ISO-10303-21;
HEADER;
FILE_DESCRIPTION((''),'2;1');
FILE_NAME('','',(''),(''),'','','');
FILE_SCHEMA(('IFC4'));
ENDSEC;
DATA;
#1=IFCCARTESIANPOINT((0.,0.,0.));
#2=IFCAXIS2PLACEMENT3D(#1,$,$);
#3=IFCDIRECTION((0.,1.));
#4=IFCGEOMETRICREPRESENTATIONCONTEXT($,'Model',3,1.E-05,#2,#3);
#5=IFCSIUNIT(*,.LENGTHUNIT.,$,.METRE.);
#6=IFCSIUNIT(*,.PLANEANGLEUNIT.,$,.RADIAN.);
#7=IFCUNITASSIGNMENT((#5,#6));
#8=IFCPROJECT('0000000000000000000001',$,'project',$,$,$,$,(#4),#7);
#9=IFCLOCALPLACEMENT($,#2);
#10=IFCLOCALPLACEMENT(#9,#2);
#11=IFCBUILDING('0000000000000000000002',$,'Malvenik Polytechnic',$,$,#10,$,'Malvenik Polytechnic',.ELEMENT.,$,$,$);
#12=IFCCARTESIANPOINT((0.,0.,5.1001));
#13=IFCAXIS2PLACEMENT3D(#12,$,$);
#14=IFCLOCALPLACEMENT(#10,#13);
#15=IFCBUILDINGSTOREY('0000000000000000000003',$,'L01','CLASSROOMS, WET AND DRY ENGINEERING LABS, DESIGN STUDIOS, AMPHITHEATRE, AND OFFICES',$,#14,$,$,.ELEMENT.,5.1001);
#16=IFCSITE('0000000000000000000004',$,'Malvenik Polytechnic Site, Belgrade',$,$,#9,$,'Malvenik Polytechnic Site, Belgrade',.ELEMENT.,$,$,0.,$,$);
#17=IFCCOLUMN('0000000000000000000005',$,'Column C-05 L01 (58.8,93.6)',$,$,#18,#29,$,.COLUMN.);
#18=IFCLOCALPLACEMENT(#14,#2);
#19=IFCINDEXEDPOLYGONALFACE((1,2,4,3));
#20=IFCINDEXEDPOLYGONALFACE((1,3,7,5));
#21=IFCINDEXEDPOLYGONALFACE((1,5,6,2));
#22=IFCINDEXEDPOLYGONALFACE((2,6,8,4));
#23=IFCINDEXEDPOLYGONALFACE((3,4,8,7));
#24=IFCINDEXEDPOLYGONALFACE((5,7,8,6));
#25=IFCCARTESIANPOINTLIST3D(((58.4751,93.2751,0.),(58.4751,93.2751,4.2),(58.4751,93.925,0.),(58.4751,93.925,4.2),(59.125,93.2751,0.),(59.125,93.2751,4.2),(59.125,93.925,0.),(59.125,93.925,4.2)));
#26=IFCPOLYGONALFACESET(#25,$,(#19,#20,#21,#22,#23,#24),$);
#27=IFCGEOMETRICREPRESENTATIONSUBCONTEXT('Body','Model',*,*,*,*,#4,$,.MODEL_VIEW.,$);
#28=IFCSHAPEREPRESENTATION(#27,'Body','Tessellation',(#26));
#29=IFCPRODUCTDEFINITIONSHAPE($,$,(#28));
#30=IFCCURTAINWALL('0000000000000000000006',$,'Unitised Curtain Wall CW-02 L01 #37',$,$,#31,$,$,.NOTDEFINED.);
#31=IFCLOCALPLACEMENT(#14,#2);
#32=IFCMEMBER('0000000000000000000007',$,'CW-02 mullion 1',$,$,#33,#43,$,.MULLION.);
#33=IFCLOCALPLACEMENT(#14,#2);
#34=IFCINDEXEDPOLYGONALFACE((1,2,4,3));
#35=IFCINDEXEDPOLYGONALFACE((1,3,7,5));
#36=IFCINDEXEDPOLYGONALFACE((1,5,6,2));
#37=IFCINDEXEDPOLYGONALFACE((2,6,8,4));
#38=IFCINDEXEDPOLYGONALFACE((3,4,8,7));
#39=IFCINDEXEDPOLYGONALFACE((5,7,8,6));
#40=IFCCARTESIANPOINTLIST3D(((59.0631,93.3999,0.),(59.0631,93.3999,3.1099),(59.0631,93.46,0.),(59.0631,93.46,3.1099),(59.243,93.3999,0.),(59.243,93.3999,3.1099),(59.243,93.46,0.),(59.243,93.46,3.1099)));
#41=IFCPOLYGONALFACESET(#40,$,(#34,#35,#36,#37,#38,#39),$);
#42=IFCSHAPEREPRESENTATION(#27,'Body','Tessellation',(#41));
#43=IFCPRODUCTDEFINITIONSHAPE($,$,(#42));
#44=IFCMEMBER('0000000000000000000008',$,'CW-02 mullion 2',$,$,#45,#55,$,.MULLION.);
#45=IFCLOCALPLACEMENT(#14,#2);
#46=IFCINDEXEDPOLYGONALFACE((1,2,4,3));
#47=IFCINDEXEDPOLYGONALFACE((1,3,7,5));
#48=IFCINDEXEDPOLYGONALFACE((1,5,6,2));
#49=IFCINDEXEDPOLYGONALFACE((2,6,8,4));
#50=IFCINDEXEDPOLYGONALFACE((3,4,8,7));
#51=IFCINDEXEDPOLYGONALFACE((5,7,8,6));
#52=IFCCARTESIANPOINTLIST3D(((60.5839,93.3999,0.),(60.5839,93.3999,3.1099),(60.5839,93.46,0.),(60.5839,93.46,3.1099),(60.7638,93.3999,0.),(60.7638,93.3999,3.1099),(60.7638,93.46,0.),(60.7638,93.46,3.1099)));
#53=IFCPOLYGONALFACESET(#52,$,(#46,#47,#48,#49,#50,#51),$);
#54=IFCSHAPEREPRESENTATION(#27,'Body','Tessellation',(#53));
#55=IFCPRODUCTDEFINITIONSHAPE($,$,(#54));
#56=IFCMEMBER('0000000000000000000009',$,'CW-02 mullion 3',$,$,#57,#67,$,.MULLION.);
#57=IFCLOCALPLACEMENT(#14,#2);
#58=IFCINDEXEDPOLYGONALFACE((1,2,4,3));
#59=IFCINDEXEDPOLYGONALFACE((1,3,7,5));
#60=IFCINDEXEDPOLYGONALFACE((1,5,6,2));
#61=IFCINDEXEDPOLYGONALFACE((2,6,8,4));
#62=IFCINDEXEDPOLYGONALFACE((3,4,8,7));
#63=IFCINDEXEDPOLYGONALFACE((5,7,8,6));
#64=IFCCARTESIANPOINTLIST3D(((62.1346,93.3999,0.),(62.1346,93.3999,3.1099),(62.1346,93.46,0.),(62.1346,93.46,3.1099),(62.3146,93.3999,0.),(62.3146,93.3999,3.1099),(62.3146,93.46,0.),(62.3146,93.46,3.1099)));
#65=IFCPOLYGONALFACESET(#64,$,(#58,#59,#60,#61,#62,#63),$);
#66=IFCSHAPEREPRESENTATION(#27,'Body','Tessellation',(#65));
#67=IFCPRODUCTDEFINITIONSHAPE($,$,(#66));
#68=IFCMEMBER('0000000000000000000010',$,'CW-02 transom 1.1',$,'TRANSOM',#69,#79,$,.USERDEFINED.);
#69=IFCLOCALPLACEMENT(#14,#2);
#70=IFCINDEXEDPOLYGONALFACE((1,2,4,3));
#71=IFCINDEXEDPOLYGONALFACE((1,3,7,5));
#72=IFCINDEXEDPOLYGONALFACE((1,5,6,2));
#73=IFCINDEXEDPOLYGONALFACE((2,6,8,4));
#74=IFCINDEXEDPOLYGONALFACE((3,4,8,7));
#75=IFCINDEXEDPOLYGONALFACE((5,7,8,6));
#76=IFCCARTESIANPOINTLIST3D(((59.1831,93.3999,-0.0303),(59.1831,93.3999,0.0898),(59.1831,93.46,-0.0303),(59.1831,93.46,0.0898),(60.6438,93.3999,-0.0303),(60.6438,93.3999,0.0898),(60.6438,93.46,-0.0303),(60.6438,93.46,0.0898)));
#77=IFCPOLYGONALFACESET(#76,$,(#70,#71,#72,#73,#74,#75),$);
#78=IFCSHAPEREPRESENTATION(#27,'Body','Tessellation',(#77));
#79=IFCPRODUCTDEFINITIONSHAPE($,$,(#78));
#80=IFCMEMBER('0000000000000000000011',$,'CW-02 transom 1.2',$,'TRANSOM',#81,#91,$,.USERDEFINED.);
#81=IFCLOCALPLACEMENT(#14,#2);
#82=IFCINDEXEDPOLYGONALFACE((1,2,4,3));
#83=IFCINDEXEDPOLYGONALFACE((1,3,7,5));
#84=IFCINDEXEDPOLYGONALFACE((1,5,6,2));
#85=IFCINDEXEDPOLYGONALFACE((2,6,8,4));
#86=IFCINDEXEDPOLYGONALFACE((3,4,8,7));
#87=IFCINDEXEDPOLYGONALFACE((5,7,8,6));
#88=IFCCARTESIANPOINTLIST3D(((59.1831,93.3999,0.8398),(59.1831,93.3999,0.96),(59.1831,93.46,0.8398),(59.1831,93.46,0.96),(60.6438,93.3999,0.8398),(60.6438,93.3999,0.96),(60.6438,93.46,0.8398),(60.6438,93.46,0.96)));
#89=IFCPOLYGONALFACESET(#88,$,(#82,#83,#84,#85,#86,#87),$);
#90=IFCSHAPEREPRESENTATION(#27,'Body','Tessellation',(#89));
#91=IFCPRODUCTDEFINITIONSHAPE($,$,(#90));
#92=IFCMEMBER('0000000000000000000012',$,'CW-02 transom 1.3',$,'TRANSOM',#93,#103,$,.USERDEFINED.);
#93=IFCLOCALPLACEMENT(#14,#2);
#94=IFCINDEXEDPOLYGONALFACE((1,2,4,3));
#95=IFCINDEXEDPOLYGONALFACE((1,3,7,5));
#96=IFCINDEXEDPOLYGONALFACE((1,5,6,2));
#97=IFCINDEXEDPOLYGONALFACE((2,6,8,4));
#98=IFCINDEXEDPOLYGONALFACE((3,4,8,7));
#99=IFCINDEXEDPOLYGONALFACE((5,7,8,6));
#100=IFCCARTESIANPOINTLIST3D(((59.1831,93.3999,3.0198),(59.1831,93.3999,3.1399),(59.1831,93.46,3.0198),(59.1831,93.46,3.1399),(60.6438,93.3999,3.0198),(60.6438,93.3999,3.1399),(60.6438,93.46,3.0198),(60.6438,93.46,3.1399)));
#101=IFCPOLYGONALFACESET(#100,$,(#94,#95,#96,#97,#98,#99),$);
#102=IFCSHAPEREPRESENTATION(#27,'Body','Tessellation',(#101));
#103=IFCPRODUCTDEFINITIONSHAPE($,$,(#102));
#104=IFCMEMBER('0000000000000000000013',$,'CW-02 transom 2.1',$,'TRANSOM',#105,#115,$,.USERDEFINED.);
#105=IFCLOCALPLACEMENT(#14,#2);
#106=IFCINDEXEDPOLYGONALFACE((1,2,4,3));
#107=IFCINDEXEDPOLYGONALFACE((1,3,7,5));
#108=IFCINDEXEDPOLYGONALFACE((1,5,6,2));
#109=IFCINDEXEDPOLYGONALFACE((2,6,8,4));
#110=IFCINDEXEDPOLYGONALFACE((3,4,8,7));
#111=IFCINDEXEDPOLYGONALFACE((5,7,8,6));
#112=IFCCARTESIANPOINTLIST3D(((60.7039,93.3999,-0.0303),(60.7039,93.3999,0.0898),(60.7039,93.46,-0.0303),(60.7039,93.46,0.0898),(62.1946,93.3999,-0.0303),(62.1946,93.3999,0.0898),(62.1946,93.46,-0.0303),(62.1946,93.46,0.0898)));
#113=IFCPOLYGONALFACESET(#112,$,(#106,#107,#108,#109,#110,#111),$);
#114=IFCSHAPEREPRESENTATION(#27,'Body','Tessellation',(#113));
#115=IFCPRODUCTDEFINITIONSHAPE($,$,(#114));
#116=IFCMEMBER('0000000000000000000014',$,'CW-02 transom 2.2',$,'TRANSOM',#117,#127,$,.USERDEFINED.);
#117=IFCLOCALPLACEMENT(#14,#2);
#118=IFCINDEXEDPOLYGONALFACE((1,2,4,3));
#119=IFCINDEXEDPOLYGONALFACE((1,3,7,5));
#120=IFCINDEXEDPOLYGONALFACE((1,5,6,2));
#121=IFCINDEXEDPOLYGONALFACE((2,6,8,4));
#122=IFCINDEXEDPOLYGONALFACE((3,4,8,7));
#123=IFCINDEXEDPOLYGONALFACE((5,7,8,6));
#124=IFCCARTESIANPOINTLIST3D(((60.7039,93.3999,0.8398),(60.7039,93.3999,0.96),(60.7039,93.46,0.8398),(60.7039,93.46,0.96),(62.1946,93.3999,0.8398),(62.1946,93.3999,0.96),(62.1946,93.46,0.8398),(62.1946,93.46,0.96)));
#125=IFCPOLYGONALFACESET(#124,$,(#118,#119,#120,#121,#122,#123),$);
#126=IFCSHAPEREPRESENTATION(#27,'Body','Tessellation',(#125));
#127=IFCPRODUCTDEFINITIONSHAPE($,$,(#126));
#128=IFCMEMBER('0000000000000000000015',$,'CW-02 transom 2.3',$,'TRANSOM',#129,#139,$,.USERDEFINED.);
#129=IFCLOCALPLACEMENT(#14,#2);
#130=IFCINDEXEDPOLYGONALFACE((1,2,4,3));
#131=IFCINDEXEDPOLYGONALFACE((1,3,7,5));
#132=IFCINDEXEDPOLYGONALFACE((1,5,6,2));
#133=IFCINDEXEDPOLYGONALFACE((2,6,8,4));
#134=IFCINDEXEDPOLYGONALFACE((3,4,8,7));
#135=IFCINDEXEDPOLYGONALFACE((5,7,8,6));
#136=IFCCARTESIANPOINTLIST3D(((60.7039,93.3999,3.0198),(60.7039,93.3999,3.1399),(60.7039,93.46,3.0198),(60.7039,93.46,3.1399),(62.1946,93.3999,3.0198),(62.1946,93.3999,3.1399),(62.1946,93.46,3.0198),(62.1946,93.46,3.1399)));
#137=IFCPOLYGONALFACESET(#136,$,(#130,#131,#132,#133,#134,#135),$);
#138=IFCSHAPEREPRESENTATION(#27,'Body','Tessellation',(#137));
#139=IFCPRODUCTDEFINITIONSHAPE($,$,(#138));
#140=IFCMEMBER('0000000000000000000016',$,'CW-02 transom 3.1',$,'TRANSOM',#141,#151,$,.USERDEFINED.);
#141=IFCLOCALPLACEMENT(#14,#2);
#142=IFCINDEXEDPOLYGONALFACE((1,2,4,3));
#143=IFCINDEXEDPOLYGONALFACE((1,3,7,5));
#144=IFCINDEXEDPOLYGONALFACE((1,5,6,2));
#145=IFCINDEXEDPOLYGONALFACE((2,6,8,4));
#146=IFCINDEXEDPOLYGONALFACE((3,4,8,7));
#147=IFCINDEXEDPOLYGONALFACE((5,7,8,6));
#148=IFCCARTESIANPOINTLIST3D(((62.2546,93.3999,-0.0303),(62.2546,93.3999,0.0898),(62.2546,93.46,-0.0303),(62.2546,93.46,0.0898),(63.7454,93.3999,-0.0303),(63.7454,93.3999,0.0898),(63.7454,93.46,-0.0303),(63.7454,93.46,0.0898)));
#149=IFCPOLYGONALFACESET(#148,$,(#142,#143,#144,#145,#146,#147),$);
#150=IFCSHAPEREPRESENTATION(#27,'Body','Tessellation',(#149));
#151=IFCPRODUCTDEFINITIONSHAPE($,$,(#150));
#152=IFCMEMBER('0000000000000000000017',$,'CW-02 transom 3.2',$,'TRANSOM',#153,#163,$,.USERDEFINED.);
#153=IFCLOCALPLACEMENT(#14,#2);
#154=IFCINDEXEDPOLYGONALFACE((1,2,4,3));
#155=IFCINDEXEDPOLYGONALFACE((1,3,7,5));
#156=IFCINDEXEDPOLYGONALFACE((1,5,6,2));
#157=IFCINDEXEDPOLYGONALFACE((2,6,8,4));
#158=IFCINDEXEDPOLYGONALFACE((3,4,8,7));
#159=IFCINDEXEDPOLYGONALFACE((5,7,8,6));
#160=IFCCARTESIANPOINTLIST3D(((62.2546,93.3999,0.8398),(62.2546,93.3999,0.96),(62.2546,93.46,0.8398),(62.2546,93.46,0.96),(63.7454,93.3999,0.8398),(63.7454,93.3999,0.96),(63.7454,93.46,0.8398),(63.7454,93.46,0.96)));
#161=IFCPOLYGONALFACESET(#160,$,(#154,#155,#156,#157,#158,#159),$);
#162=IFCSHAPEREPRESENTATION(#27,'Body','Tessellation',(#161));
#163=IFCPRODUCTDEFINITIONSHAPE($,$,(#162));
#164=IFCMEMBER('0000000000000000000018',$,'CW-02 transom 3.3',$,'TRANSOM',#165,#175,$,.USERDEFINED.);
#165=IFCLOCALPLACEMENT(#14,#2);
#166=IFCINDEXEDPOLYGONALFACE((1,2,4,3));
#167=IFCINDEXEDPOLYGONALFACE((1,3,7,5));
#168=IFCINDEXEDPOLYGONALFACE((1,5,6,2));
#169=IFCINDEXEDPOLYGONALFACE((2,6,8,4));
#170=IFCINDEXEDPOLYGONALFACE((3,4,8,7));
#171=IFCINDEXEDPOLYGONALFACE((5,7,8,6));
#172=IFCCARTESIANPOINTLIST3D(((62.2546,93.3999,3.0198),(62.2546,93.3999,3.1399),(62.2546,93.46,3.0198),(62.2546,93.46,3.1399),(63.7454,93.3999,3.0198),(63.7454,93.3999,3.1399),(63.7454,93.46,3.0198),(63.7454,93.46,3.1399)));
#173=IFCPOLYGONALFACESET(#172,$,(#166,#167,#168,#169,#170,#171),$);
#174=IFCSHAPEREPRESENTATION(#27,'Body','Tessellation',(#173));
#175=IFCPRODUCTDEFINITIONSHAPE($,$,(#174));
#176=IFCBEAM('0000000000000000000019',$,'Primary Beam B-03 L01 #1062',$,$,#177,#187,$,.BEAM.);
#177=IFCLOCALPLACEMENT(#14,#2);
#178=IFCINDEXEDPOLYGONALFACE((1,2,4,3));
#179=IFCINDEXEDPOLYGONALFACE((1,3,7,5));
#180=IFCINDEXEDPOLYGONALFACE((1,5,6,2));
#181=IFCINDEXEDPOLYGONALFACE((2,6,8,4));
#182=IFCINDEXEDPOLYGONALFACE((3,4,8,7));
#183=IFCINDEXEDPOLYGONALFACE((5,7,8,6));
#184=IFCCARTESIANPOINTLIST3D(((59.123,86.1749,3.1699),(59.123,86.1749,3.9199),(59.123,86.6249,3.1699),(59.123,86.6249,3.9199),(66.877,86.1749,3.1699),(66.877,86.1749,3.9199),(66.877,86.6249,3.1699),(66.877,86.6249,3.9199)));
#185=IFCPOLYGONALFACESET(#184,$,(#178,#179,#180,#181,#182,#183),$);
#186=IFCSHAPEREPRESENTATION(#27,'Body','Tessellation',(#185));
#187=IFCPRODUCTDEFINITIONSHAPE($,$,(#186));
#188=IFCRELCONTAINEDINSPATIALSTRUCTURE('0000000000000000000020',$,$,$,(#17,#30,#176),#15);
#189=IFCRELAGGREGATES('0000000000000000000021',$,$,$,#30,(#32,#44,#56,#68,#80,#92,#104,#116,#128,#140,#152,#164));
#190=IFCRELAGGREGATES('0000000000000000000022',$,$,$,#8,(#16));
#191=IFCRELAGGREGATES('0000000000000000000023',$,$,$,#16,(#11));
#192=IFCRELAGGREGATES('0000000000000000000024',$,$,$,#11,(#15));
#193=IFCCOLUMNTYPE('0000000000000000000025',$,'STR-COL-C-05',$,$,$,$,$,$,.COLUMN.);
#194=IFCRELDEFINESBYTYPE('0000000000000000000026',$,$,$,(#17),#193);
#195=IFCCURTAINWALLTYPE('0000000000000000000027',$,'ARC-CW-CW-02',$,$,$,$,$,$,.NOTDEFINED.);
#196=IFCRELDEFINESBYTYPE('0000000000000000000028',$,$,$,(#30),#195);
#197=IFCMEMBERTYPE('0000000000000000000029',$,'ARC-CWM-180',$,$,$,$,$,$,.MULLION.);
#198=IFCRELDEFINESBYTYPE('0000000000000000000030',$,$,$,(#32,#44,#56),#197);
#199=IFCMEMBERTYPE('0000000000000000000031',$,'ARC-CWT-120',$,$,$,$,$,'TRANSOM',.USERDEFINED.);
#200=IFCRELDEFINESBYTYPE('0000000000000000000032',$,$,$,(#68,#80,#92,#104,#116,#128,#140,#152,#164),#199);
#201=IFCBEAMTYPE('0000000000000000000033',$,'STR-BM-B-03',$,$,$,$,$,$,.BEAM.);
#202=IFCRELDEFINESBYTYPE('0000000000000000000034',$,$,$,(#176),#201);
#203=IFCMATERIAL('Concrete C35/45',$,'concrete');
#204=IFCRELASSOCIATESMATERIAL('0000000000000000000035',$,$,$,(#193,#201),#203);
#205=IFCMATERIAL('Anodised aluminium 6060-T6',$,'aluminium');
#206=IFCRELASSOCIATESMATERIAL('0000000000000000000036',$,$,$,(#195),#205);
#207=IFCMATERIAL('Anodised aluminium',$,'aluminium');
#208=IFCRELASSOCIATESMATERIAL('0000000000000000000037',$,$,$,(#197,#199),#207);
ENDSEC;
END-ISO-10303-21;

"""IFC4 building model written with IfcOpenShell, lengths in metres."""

from ifc_helpers import new_model, si_unit, direction, frame, origin, origin_2d, place, context, subcontext, project, spatial, rectangle, extrude, material, material_profile, profile_set, type_object, element, aggregate, save


model = new_model("IFC4")

# Units and contexts
model_context = context("Model", 3, precision=1e-05, world=origin(), true_north=direction((0.0, 1.0)))
body_context = subcontext(model_context, "Body", "Model", "MODEL_VIEW")
ifc_project = project(units=[si_unit("LENGTHUNIT", "METRE"), si_unit("PLANEANGLEUNIT", "RADIAN")], contexts=[model_context])

# Site, building, storey
site_placement = place(None, origin())
site = spatial("IfcSite", under=ifc_project, at=site_placement, Name="Malvenik Polytechnic Site, Belgrade", LongName="Malvenik Polytechnic Site, Belgrade", CompositionType="ELEMENT", RefElevation=0.0)
building_placement = place(site_placement, origin())
building = spatial("IfcBuilding", under=site, at=building_placement, Name="Malvenik Polytechnic", LongName="Malvenik Polytechnic", CompositionType="ELEMENT")
storey_placement = place(building_placement, frame((0.0, 0.0, 5.1001)))
storey = spatial("IfcBuildingStorey", under=building, at=storey_placement, Name="L01", Description="CLASSROOMS, WET AND DRY ENGINEERING LABS, DESIGN STUDIOS, AMPHITHEATRE, AND OFFICES", CompositionType="ELEMENT", Elevation=5.1001)

# Column
ifc_material_1 = material(Name="Concrete C35/45", Category="concrete")
ifc_material_profile_1 = material_profile(ifc_material_1, rectangle(XDim=0.6499, YDim=0.6499, at=origin_2d()), Name="RC COL 650x650")
ifc_profile_set_1 = profile_set([ifc_material_profile_1], Name="Concrete C35/45")
column_type = type_object("IfcColumnType", Name="STR-COL-C-05", PredefinedType="COLUMN", material=ifc_profile_set_1)
column_placement = place(storey_placement, frame((58.8, 93.6001, 0.0), z_axis=(0.0, 0.0, 1.0), x_axis=(1.0, 0.0, 0.0)))
element("IfcColumn", 1, at=column_placement, inside=storey, type_object=column_type, Name="Column C-05 L01 (58.8,93.6)", PredefinedType="COLUMN", context=body_context, shape_type="SweptSolid", body=[
    extrude(rectangle(XDim=0.6499, YDim=0.6499, at=origin_2d()), origin(), (0.0, 0.0, 1.0), 4.2),
])

# Curtain wall, members
ifc_material_2 = material(Name="Anodised aluminium 6060-T6", Category="aluminium")
curtain_wall_type = type_object("IfcCurtainWallType", Name="ARC-CW-CW-02", PredefinedType="NOTDEFINED", material=ifc_material_2)
curtain_wall_placement = place(storey_placement, origin())
curtain_wall = element("IfcCurtainWall", 2, at=curtain_wall_placement, inside=storey, type_object=curtain_wall_type, Name="Unitised Curtain Wall CW-02 L01 #37", PredefinedType="NOTDEFINED")
ifc_material_3 = material(Name="Anodised aluminium", Category="aluminium")
ifc_material_profile_2 = material_profile(ifc_material_3, rectangle(XDim=0.0601, YDim=0.1799, at=origin_2d()), Name="ALU MULLION 60x180")
ifc_profile_set_2 = profile_set([ifc_material_profile_2], Name="Anodised aluminium")
member_type_1 = type_object("IfcMemberType", Name="ARC-CWM-180", PredefinedType="MULLION", material=ifc_profile_set_2)
member_1_placement = place(storey_placement, frame((59.1531, 93.4299, 0.0), z_axis=(0.0, 0.0, 1.0), x_axis=(0.0, 1.0, 0.0)))
member_1 = element("IfcMember", 3, at=member_1_placement, type_object=member_type_1, Name="CW-02 mullion 1", PredefinedType="MULLION", context=body_context, shape_type="SweptSolid", body=[
    extrude(rectangle(XDim=0.0601, YDim=0.1799, at=origin_2d()), origin(), (0.0, 0.0, 1.0), 3.1099),
])
member_2_placement = place(storey_placement, frame((60.6738, 93.4299, 0.0), z_axis=(0.0, 0.0, 1.0), x_axis=(0.0, 1.0, 0.0)))
member_2 = element("IfcMember", 4, at=member_2_placement, type_object=member_type_1, Name="CW-02 mullion 2", PredefinedType="MULLION", context=body_context, shape_type="SweptSolid", body=[
    extrude(rectangle(XDim=0.0601, YDim=0.1799, at=origin_2d()), origin(), (0.0, 0.0, 1.0), 3.1099),
])
member_3_placement = place(storey_placement, frame((62.2246, 93.4299, 0.0), z_axis=(0.0, 0.0, 1.0), x_axis=(0.0, 1.0, 0.0)))
member_3 = element("IfcMember", 5, at=member_3_placement, type_object=member_type_1, Name="CW-02 mullion 3", PredefinedType="MULLION", context=body_context, shape_type="SweptSolid", body=[
    extrude(rectangle(XDim=0.0601, YDim=0.1799, at=origin_2d()), origin(), (0.0, 0.0, 1.0), 3.1099),
])
ifc_material_profile_3 = material_profile(ifc_material_3, rectangle(XDim=0.0601, YDim=0.1201, at=origin_2d()), Name="ALU TRANSOM 60x120")
ifc_profile_set_3 = profile_set([ifc_material_profile_3], Name="Anodised aluminium")
member_type_2 = type_object("IfcMemberType", Name="ARC-CWT-120", ElementType="TRANSOM", PredefinedType="USERDEFINED", material=ifc_profile_set_3)
member_4_placement = place(storey_placement, frame((59.1831, 93.4299, 0.0298), z_axis=(1.0, 0.0, 0.0), x_axis=(0.0, 1.0, 0.0)))
member_4 = element("IfcMember", 6, at=member_4_placement, type_object=member_type_2, Name="CW-02 transom 1.1", ObjectType="TRANSOM", PredefinedType="USERDEFINED", context=body_context, shape_type="SweptSolid", body=[
    extrude(rectangle(XDim=0.0601, YDim=0.1201, at=origin_2d()), origin(), (0.0, 0.0, 1.0), 1.4607),
])
member_5_placement = place(storey_placement, frame((59.1831, 93.4299, 0.8999), z_axis=(1.0, 0.0, 0.0), x_axis=(0.0, 1.0, 0.0)))
member_5 = element("IfcMember", 7, at=member_5_placement, type_object=member_type_2, Name="CW-02 transom 1.2", ObjectType="TRANSOM", PredefinedType="USERDEFINED", context=body_context, shape_type="SweptSolid", body=[
    extrude(rectangle(XDim=0.0601, YDim=0.1201, at=origin_2d()), origin(), (0.0, 0.0, 1.0), 1.4607),
])
member_6_placement = place(storey_placement, frame((59.1831, 93.4299, 3.0798), z_axis=(1.0, 0.0, 0.0), x_axis=(0.0, 1.0, 0.0)))
member_6 = element("IfcMember", 8, at=member_6_placement, type_object=member_type_2, Name="CW-02 transom 1.3", ObjectType="TRANSOM", PredefinedType="USERDEFINED", context=body_context, shape_type="SweptSolid", body=[
    extrude(rectangle(XDim=0.0601, YDim=0.1201, at=origin_2d()), origin(), (0.0, 0.0, 1.0), 1.4607),
])
member_7_placement = place(storey_placement, frame((60.7039, 93.4299, 0.0298), z_axis=(1.0, 0.0, 0.0), x_axis=(0.0, 1.0, 0.0)))
member_7 = element("IfcMember", 9, at=member_7_placement, type_object=member_type_2, Name="CW-02 transom 2.1", ObjectType="TRANSOM", PredefinedType="USERDEFINED", context=body_context, shape_type="SweptSolid", body=[
    extrude(rectangle(XDim=0.0601, YDim=0.1201, at=origin_2d()), origin(), (0.0, 0.0, 1.0), 1.4907),
])
member_8_placement = place(storey_placement, frame((60.7039, 93.4299, 0.8999), z_axis=(1.0, 0.0, 0.0), x_axis=(0.0, 1.0, 0.0)))
member_8 = element("IfcMember", 10, at=member_8_placement, type_object=member_type_2, Name="CW-02 transom 2.2", ObjectType="TRANSOM", PredefinedType="USERDEFINED", context=body_context, shape_type="SweptSolid", body=[
    extrude(rectangle(XDim=0.0601, YDim=0.1201, at=origin_2d()), origin(), (0.0, 0.0, 1.0), 1.4907),
])
member_9_placement = place(storey_placement, frame((60.7039, 93.4299, 3.0798), z_axis=(1.0, 0.0, 0.0), x_axis=(0.0, 1.0, 0.0)))
member_9 = element("IfcMember", 11, at=member_9_placement, type_object=member_type_2, Name="CW-02 transom 2.3", ObjectType="TRANSOM", PredefinedType="USERDEFINED", context=body_context, shape_type="SweptSolid", body=[
    extrude(rectangle(XDim=0.0601, YDim=0.1201, at=origin_2d()), origin(), (0.0, 0.0, 1.0), 1.4907),
])
member_10_placement = place(storey_placement, frame((62.2546, 93.4299, 0.0298), z_axis=(1.0, 0.0, 0.0), x_axis=(0.0, 1.0, 0.0)))
member_10 = element("IfcMember", 12, at=member_10_placement, type_object=member_type_2, Name="CW-02 transom 3.1", ObjectType="TRANSOM", PredefinedType="USERDEFINED", context=body_context, shape_type="SweptSolid", body=[
    extrude(rectangle(XDim=0.0601, YDim=0.1201, at=origin_2d()), origin(), (0.0, 0.0, 1.0), 1.4907),
])
member_11_placement = place(storey_placement, frame((62.2546, 93.4299, 0.8999), z_axis=(1.0, 0.0, 0.0), x_axis=(0.0, 1.0, 0.0)))
member_11 = element("IfcMember", 13, at=member_11_placement, type_object=member_type_2, Name="CW-02 transom 3.2", ObjectType="TRANSOM", PredefinedType="USERDEFINED", context=body_context, shape_type="SweptSolid", body=[
    extrude(rectangle(XDim=0.0601, YDim=0.1201, at=origin_2d()), origin(), (0.0, 0.0, 1.0), 1.4907),
])
member_12_placement = place(storey_placement, frame((62.2546, 93.4299, 3.0798), z_axis=(1.0, 0.0, 0.0), x_axis=(0.0, 1.0, 0.0)))
member_12 = element("IfcMember", 14, at=member_12_placement, type_object=member_type_2, Name="CW-02 transom 3.3", ObjectType="TRANSOM", PredefinedType="USERDEFINED", context=body_context, shape_type="SweptSolid", body=[
    extrude(rectangle(XDim=0.0601, YDim=0.1201, at=origin_2d()), origin(), (0.0, 0.0, 1.0), 1.4907),
])

# Beam
ifc_material_profile_4 = material_profile(ifc_material_1, rectangle(XDim=0.45, YDim=0.75, at=origin_2d()), Name="RC BM 450x750")
ifc_profile_set_4 = profile_set([ifc_material_profile_4], Name="Concrete C35/45")
beam_type_1 = type_object("IfcBeamType", Name="STR-BM-B-03", PredefinedType="BEAM", material=ifc_profile_set_4)
beam_1_placement = place(storey_placement, frame((59.123, 86.3999, 3.5449), z_axis=(1.0, 0.0, 0.0), x_axis=(0.0, 1.0, 0.0)))
element("IfcBeam", 15, at=beam_1_placement, inside=storey, type_object=beam_type_1, Name="Primary Beam B-03 L01 #1062", PredefinedType="BEAM", context=body_context, shape_type="SweptSolid", body=[
    extrude(rectangle(XDim=0.45, YDim=0.75, at=origin_2d()), origin(), (0.0, 0.0, 1.0), 7.7539),
])

aggregate(curtain_wall, [member_1, member_2, member_3, member_4, member_5, member_6, member_7, member_8, member_9, member_10, member_11, member_12])

save(model, "model.ifc")
